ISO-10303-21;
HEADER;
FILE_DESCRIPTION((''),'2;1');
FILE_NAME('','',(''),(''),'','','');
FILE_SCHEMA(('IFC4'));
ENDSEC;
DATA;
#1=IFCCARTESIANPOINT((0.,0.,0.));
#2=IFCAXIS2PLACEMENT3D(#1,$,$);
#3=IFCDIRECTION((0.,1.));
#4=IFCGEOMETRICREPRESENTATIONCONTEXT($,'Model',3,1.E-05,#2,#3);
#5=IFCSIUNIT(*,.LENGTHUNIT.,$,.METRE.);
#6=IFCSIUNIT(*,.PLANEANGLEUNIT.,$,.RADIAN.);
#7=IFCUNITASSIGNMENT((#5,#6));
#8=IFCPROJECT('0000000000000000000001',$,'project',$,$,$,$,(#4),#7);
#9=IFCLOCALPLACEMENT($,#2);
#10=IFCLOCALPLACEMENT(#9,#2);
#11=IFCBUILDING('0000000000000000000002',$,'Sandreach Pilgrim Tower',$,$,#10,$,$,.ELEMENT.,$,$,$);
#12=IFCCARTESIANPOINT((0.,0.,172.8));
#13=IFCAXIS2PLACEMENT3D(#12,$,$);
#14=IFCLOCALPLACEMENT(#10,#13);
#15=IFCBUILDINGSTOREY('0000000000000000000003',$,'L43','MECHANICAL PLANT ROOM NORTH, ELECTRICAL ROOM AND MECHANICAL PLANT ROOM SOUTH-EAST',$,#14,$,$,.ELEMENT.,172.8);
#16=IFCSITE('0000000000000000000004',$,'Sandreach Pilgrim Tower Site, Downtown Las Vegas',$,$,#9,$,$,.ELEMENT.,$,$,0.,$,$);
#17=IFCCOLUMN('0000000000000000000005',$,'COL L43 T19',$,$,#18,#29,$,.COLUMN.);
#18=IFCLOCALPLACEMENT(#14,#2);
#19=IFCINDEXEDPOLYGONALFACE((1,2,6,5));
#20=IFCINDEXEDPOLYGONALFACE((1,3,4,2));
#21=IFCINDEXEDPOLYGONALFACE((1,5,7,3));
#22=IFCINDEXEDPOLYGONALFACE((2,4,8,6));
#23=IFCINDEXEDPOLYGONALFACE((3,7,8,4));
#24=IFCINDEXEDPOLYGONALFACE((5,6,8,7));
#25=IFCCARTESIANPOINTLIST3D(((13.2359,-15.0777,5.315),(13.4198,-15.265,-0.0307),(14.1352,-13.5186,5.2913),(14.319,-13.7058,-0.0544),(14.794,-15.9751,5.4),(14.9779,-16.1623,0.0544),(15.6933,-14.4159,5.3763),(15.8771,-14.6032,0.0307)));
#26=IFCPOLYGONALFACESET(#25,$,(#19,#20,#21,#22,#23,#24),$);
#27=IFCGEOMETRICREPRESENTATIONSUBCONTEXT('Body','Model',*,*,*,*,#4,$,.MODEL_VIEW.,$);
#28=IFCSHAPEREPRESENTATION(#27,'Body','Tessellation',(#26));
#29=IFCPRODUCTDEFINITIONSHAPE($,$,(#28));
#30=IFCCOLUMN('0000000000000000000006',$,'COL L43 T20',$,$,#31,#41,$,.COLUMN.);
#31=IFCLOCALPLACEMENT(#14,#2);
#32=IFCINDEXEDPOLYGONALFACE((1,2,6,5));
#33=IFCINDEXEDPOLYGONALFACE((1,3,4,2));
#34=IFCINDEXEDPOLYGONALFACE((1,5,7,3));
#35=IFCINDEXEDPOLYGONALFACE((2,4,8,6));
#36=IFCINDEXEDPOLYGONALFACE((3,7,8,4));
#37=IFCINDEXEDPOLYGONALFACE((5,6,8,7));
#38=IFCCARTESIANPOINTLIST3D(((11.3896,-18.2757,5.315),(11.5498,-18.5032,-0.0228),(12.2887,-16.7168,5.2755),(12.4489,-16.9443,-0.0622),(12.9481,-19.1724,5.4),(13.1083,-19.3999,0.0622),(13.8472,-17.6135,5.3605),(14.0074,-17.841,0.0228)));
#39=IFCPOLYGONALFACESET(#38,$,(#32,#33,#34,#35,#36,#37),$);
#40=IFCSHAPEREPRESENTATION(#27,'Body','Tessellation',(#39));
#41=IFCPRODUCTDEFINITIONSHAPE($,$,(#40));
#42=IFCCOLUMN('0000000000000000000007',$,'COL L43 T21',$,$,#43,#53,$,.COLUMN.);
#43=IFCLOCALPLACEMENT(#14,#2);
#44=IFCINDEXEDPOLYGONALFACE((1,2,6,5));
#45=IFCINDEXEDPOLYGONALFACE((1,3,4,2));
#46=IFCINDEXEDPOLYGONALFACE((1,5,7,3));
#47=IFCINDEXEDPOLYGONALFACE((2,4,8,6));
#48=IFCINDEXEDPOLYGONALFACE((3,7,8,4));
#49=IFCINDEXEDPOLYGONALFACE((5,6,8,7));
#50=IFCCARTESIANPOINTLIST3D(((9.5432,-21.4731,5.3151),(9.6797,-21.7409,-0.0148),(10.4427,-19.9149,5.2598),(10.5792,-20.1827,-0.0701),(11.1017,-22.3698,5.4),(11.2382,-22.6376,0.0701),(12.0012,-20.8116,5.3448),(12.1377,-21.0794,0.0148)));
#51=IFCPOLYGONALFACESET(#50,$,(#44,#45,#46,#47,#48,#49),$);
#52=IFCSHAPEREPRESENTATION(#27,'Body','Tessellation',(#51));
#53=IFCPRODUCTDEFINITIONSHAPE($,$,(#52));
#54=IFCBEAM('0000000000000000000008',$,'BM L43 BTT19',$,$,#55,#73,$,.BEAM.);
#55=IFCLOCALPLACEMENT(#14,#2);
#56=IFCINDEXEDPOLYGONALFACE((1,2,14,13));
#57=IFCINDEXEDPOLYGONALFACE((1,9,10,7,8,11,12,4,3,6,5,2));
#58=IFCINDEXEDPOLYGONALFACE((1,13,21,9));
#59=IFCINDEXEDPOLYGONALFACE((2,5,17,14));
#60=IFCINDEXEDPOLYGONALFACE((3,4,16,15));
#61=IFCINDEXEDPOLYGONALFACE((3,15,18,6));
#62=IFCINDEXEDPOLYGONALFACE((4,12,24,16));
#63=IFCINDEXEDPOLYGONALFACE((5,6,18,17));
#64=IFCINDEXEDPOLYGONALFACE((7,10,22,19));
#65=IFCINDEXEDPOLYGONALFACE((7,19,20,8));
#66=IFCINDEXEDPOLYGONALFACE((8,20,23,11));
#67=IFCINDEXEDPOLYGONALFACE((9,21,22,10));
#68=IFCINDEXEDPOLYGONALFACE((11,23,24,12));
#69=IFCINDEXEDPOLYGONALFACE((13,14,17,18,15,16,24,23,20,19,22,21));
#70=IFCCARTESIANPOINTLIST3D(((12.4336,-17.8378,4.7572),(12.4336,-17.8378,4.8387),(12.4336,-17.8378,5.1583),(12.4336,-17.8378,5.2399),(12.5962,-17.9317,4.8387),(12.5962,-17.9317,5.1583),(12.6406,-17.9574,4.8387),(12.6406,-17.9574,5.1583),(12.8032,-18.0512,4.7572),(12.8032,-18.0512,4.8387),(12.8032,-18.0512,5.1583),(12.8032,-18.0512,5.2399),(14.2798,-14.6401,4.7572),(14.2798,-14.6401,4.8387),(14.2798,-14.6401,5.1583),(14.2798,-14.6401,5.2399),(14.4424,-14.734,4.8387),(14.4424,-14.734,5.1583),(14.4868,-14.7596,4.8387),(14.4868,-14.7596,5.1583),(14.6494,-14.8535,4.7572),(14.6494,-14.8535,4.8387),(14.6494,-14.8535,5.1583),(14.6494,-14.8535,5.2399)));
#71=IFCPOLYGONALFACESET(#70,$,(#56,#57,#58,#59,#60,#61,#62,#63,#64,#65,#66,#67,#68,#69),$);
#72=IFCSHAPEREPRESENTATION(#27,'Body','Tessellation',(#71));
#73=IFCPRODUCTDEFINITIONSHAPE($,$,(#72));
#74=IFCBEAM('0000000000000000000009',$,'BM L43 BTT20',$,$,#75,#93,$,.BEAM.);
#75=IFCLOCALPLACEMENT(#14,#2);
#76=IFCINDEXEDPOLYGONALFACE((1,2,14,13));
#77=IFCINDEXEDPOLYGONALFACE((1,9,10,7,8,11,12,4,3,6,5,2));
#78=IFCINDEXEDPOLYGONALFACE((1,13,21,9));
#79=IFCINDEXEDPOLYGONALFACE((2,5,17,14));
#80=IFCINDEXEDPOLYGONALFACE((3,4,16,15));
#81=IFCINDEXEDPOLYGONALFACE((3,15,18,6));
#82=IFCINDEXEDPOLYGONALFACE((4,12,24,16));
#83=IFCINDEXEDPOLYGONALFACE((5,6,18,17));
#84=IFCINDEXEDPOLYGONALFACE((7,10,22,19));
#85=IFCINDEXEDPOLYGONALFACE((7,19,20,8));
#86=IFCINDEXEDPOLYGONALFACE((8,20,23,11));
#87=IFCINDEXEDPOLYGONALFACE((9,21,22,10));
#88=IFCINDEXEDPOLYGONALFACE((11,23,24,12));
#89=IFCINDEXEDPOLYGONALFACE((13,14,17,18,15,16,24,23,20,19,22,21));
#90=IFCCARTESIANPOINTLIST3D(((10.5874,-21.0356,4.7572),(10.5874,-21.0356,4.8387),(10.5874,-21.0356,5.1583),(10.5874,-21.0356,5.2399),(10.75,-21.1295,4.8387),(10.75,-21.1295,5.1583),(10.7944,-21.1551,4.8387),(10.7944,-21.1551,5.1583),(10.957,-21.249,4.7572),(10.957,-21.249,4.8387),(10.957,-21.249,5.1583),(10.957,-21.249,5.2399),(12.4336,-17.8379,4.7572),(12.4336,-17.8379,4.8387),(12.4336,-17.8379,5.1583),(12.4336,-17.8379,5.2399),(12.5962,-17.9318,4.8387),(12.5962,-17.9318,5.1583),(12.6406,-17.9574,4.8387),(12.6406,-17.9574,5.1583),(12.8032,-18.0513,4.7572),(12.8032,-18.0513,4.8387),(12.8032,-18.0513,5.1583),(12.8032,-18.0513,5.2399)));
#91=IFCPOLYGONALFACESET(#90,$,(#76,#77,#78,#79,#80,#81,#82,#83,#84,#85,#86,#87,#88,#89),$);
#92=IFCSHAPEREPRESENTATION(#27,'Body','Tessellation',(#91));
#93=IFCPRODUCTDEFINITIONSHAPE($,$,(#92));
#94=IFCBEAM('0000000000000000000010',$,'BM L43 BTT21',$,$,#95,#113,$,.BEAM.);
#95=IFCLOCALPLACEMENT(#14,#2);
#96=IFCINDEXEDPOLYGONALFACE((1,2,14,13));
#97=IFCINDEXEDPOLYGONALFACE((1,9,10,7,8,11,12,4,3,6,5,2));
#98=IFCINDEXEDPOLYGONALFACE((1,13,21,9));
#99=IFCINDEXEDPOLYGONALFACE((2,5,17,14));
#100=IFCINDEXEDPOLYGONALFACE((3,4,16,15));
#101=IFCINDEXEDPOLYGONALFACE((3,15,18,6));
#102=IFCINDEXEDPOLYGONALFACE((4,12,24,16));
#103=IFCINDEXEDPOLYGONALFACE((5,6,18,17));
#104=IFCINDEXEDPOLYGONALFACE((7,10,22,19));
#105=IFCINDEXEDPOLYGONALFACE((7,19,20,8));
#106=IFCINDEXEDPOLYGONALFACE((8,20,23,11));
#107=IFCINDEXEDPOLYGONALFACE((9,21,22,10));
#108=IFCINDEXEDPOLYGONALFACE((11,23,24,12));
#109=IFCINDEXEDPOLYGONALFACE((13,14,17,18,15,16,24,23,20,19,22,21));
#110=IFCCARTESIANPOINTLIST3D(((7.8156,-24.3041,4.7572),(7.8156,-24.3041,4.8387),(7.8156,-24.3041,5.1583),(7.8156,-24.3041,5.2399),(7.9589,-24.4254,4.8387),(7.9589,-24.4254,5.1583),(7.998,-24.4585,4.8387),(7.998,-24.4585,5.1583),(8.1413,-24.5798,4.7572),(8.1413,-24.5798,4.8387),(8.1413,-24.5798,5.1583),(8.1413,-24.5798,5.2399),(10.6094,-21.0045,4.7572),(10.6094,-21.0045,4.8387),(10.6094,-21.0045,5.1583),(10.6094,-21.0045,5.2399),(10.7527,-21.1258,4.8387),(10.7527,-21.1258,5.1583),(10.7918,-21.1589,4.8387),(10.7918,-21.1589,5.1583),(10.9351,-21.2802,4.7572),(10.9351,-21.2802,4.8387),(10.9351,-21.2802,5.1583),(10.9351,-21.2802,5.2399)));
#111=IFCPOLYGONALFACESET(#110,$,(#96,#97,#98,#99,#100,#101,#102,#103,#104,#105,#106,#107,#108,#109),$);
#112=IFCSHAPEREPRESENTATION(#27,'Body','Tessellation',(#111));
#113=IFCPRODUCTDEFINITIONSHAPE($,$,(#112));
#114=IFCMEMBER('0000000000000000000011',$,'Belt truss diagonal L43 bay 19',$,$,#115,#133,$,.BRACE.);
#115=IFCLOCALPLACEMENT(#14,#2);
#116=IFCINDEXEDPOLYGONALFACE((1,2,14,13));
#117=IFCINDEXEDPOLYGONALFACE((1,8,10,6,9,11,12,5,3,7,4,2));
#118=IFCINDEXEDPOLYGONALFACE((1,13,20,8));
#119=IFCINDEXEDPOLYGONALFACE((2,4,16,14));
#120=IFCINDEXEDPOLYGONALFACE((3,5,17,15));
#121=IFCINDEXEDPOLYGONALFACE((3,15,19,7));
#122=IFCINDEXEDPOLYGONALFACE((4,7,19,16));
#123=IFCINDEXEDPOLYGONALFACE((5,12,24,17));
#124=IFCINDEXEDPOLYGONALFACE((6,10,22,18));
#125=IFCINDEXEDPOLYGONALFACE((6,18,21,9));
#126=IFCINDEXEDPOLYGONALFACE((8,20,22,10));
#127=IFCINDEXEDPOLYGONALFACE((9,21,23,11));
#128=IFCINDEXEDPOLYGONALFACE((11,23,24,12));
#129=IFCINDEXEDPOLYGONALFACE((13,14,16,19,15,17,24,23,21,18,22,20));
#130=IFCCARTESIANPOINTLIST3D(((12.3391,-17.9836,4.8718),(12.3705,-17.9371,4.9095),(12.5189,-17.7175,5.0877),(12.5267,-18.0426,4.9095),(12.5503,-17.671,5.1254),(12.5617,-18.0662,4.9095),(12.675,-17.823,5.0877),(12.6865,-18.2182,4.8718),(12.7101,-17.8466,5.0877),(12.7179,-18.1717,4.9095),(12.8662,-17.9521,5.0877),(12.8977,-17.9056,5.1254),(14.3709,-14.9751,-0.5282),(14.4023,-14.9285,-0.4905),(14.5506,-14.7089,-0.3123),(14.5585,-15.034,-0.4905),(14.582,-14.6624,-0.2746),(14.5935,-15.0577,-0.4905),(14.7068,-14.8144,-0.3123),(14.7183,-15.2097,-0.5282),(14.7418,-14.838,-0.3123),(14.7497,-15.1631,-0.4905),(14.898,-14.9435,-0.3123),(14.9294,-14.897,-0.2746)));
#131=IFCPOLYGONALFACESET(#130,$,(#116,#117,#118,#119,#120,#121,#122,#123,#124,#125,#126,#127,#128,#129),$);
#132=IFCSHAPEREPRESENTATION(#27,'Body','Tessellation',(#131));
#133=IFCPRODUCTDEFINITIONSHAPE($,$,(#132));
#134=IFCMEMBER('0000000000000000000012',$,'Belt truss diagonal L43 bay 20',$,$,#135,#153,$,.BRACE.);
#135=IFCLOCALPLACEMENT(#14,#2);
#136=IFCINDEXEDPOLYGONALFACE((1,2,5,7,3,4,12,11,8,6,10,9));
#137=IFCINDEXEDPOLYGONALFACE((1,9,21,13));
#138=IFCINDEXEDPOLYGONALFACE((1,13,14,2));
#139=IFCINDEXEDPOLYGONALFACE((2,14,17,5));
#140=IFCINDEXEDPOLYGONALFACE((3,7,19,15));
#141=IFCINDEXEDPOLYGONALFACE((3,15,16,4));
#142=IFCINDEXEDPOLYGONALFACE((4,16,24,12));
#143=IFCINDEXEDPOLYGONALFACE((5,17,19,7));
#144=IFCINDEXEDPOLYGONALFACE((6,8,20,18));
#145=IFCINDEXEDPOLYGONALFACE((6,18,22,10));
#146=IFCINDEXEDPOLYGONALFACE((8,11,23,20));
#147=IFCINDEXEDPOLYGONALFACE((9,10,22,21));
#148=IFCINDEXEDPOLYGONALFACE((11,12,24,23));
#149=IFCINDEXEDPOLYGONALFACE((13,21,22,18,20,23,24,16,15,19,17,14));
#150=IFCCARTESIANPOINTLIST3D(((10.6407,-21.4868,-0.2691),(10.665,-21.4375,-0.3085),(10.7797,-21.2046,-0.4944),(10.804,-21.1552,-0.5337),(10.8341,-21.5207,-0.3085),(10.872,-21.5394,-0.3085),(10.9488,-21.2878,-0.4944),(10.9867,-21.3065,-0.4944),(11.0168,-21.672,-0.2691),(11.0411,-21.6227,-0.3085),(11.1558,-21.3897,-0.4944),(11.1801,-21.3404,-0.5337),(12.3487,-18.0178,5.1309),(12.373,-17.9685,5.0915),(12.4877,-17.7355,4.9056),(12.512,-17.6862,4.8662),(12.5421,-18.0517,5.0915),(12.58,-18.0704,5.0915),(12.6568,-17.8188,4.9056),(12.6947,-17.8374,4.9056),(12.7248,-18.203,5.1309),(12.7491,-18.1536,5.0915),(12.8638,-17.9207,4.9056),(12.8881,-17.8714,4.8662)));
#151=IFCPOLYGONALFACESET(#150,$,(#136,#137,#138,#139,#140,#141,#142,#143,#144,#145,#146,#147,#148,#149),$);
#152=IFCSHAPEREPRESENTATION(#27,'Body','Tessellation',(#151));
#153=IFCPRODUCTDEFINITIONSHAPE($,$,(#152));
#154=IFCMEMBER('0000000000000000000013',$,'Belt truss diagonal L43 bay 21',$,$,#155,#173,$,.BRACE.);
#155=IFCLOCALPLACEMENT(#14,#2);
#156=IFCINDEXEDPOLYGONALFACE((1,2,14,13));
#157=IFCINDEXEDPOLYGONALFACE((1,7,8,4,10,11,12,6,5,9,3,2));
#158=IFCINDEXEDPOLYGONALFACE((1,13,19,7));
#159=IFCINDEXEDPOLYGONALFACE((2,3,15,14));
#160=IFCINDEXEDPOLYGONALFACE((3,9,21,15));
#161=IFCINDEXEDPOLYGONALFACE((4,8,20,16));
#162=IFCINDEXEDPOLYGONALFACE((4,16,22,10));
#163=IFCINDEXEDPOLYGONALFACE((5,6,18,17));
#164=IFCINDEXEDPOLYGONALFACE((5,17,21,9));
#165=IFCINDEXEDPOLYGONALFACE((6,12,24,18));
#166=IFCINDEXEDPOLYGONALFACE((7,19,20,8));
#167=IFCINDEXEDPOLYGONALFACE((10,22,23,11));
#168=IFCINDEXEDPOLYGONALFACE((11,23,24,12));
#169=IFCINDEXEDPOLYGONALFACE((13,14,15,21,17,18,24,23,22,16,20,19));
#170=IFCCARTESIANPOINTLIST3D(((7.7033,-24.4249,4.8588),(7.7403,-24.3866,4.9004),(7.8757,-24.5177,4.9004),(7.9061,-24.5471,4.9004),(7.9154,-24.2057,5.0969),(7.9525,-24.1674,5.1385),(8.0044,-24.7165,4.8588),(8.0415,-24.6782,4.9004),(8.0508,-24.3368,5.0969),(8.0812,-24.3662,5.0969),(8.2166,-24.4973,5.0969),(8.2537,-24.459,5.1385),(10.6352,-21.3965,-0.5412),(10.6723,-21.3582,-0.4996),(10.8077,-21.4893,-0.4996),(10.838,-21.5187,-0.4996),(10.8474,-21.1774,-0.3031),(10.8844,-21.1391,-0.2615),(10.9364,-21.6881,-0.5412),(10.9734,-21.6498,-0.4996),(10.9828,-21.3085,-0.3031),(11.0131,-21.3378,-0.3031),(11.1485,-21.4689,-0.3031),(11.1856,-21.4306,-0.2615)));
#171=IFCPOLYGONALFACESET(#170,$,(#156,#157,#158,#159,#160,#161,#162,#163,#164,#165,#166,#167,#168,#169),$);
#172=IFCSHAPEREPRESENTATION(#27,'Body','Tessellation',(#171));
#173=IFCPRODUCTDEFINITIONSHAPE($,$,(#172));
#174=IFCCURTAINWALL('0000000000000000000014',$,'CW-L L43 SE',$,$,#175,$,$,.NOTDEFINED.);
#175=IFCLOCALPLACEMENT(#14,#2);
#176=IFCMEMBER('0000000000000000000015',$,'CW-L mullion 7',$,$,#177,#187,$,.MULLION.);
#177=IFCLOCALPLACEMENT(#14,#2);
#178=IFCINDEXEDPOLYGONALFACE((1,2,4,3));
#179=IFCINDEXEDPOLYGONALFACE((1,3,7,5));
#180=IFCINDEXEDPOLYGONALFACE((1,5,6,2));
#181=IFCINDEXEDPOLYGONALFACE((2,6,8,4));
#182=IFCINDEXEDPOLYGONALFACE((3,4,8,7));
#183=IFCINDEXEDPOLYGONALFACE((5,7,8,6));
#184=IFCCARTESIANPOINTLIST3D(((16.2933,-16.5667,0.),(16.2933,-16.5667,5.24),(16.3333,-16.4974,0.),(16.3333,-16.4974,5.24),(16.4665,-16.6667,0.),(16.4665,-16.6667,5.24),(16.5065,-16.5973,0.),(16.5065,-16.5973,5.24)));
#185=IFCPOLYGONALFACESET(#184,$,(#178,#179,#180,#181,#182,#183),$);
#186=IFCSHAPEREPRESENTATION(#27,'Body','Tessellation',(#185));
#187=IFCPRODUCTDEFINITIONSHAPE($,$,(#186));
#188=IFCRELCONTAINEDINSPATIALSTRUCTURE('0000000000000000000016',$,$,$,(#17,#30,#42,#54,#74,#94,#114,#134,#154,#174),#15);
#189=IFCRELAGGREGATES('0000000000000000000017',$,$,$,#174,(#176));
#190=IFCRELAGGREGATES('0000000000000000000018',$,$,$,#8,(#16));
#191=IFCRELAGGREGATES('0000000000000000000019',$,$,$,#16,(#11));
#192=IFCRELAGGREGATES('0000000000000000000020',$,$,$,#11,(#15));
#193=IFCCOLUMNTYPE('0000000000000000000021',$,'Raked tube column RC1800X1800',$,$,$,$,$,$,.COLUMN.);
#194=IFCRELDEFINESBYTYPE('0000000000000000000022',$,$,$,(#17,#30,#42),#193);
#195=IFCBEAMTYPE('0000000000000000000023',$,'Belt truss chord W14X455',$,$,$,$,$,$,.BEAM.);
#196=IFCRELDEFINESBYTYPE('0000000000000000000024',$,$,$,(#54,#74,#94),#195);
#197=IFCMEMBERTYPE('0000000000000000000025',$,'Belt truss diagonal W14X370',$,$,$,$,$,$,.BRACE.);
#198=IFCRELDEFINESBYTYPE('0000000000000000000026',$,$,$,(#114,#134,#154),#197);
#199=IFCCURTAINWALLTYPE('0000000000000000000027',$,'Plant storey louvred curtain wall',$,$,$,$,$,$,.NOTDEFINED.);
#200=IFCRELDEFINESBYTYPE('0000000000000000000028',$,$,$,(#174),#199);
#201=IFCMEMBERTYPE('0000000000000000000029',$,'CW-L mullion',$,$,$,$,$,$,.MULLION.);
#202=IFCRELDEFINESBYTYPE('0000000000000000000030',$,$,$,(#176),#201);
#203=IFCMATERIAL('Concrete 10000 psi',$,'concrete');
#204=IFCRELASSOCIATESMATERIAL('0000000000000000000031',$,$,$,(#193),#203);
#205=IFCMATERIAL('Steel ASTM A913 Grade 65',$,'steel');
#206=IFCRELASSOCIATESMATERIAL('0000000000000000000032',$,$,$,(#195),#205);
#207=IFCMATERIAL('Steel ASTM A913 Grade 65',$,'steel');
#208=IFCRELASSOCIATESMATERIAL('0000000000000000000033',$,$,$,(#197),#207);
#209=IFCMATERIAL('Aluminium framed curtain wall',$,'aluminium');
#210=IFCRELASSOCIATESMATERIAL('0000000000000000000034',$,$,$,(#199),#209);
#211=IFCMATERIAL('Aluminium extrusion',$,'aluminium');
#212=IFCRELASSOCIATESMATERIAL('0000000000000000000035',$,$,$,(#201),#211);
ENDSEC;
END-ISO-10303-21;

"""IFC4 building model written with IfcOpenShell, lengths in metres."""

from ifc_helpers import new_model, si_unit, direction, frame, origin, origin_2d, place, context, subcontext, project, spatial, rectangle, i_section, extrude, material, material_profile, profile_set, type_object, element, aggregate, save


model = new_model("IFC4")

# Units and contexts
model_context = context("Model", 3, precision=1e-05, world=origin(), true_north=direction((0.0, 1.0)))
body_context = subcontext(model_context, "Body", "Model", "MODEL_VIEW")
ifc_project = project(units=[si_unit("LENGTHUNIT", "METRE"), si_unit("PLANEANGLEUNIT", "RADIAN")], contexts=[model_context])

# Site, building, storey
site_placement = place(None, origin())
site = spatial("IfcSite", under=ifc_project, at=site_placement, Name="Sandreach Pilgrim Tower Site, Downtown Las Vegas", CompositionType="ELEMENT", RefElevation=0.0)
building_placement = place(site_placement, origin())
building = spatial("IfcBuilding", under=site, at=building_placement, Name="Sandreach Pilgrim Tower", CompositionType="ELEMENT")
storey_placement = place(building_placement, frame((0.0, 0.0, 172.8)))
storey = spatial("IfcBuildingStorey", under=building, at=storey_placement, Name="L43", Description="MECHANICAL PLANT ROOM NORTH, ELECTRICAL ROOM AND MECHANICAL PLANT ROOM SOUTH-EAST", CompositionType="ELEMENT", Elevation=172.8)

# Columns
ifc_material_1 = material(Name="Concrete 10000 psi", Category="concrete")
ifc_material_profile_1 = material_profile(ifc_material_1, rectangle(XDim=1.8, YDim=1.8, at=origin_2d()), Name="RC1800X1800")
ifc_profile_set_1 = profile_set([ifc_material_profile_1], Name="Concrete 10000 psi")
column_type = type_object("IfcColumnType", Name="Raked tube column RC1800X1800", PredefinedType="COLUMN", material=ifc_profile_set_1)
column_1_placement = place(storey_placement, frame((14.6484, -14.9341, 0.0), z_axis=(-0.034348, 0.034987, 0.998797), x_axis=(0.865592, -0.498517, 0.04723)))
element("IfcColumn", 1, at=column_1_placement, inside=storey, type_object=column_type, Name="COL L43 T19", PredefinedType="COLUMN", context=body_context, shape_type="SweptSolid", body=[
    extrude(rectangle(XDim=1.8, YDim=1.8, at=origin_2d()), origin(), (0.0, 0.0, 1.0), 5.3521),
])
column_2_placement = place(storey_placement, frame((12.7786, -18.1721, 0.0), z_axis=(-0.029964, 0.042571, 0.998644), x_axis=(0.865802, -0.498155, 0.047214)))
element("IfcColumn", 2, at=column_2_placement, inside=storey, type_object=column_type, Name="COL L43 T20", PredefinedType="COLUMN", context=body_context, shape_type="SweptSolid", body=[
    extrude(rectangle(XDim=1.8, YDim=1.8, at=origin_2d()), origin(), (0.0, 0.0, 1.0), 5.345),
])
column_3_placement = place(storey_placement, frame((10.9087, -21.4102, 0.0), z_axis=(-0.025565, 0.05017, 0.998413), x_axis=(0.86581, -0.498142, 0.047201)))
element("IfcColumn", 3, at=column_3_placement, inside=storey, type_object=column_type, Name="COL L43 T21", PredefinedType="COLUMN", context=body_context, shape_type="SweptSolid", body=[
    extrude(rectangle(XDim=1.8, YDim=1.8, at=origin_2d()), origin(), (0.0, 0.0, 1.0), 5.3384),
])

# Beams
ifc_material_2 = material(Name="Steel ASTM A913 Grade 65", Category="steel")
ifc_material_profile_2 = material_profile(ifc_material_2, i_section(OverallWidth=0.4268, OverallDepth=0.4827, WebThickness=0.0513, FlangeThickness=0.0815, at=origin_2d()), Name="W14X455")
ifc_profile_set_2 = profile_set([ifc_material_profile_2], Name="Steel ASTM A913 Grade 65")
beam_type_1 = type_object("IfcBeamType", Name="Belt truss chord W14X455", PredefinedType="BEAM", material=ifc_profile_set_2)
for number, where, z_axis, x_axis, name in (
    (4, (14.4646, -14.7468, 4.9985), (-0.499993, -0.866029, 0.0), (0.866029, -0.499993, 0.0), "BM L43 BTT19"),
    (5, (12.6184, -17.9446, 4.9985), (-0.499993, -0.866029, 0.0), (0.866029, -0.499993, 0.0), "BM L43 BTT20"),
):
    element("IfcBeam", number, at=place(storey_placement, frame(where, z_axis=z_axis, x_axis=x_axis)), inside=storey, type_object=beam_type_1, Name=name, PredefinedType="BEAM", context=body_context, shape_type="SweptSolid", body=[
        extrude(i_section(OverallWidth=0.4268, OverallDepth=0.4827, WebThickness=0.0513, FlangeThickness=0.0815, at=origin_2d()), origin(), (0.0, 0.0, 1.0), 3.6924),
    ])
beam_1_placement = place(storey_placement, frame((10.7722, -21.1423, 4.9985), z_axis=(-0.64618, -0.763185, 0.0), x_axis=(0.763185, -0.64618, 0.0)))
element("IfcBeam", 6, at=beam_1_placement, inside=storey, type_object=beam_type_1, Name="BM L43 BTT21", PredefinedType="BEAM", context=body_context, shape_type="SweptSolid", body=[
    extrude(i_section(OverallWidth=0.4268, OverallDepth=0.4827, WebThickness=0.0513, FlangeThickness=0.0815, at=origin_2d()), origin(), (0.0, 0.0, 1.0), 4.3235),
])

# Members
ifc_material_3 = material(Name="Steel ASTM A913 Grade 65", Category="steel")
ifc_material_profile_3 = material_profile(ifc_material_3, i_section(OverallWidth=0.4192, OverallDepth=0.4546, WebThickness=0.0422, FlangeThickness=0.0676, at=origin_2d()), Name="W14X370")
ifc_profile_set_3 = profile_set([ifc_material_profile_3], Name="Steel ASTM A913 Grade 65")
member_type_1 = type_object("IfcMemberType", Name="Belt truss diagonal W14X370", PredefinedType="BRACE", material=ifc_profile_set_3)
member_1_placement = place(storey_placement, frame((14.6501, -14.936, -0.4014), z_axis=(-0.312249, -0.46237, 0.829888), x_axis=(0.828725, -0.559656, 0.0)))
element("IfcMember", 7, at=member_1_placement, inside=storey, type_object=member_type_1, Name="Belt truss diagonal L43 bay 19", PredefinedType="BRACE", context=body_context, shape_type="SweptSolid", body=[
    extrude(i_section(OverallWidth=0.4192, OverallDepth=0.4546, WebThickness=0.0422, FlangeThickness=0.0676, at=origin_2d()), origin(), (0.0, 0.0, 1.0), 6.5068),
])
member_2_placement = place(storey_placement, frame((12.6184, -17.9446, 4.9985), z_axis=(-0.25717, -0.522317, -0.813049), x_axis=(0.897151, -0.441725, 0.0)))
element("IfcMember", 8, at=member_2_placement, inside=storey, type_object=member_type_1, Name="Belt truss diagonal L43 bay 20", PredefinedType="BRACE", context=body_context, shape_type="SweptSolid", body=[
    extrude(i_section(OverallWidth=0.4192, OverallDepth=0.4546, WebThickness=0.0422, FlangeThickness=0.0676, at=origin_2d()), origin(), (0.0, 0.0, 1.0), 6.6416),
])
member_3_placement = place(storey_placement, frame((10.9104, -21.4136, -0.4014), z_axis=(-0.427998, -0.442076, 0.788281), x_axis=(0.718454, -0.695575, 0.0)))
element("IfcMember", 9, at=member_3_placement, inside=storey, type_object=member_type_1, Name="Belt truss diagonal L43 bay 21", PredefinedType="BRACE", context=body_context, shape_type="SweptSolid", body=[
    extrude(i_section(OverallWidth=0.4192, OverallDepth=0.4546, WebThickness=0.0422, FlangeThickness=0.0676, at=origin_2d()), origin(), (0.0, 0.0, 1.0), 6.8503),
])

# Curtain wall, member
ifc_material_4 = material(Name="Aluminium framed curtain wall", Category="aluminium")
curtain_wall_type = type_object("IfcCurtainWallType", Name="Plant storey louvred curtain wall", PredefinedType="NOTDEFINED", material=ifc_material_4)
curtain_wall_placement = place(storey_placement, origin())
curtain_wall = element("IfcCurtainWall", 10, at=curtain_wall_placement, inside=storey, type_object=curtain_wall_type, Name="CW-L L43 SE", PredefinedType="NOTDEFINED")
ifc_material_5 = material(Name="Aluminium extrusion", Category="aluminium")
ifc_material_profile_4 = material_profile(ifc_material_5, rectangle(XDim=0.0801, YDim=0.2, at=origin_2d()), Name="CW-LM 80X200")
ifc_profile_set_4 = profile_set([ifc_material_profile_4], Name="Aluminium extrusion")
member_type_2 = type_object("IfcMemberType", Name="CW-L mullion", PredefinedType="MULLION", material=ifc_profile_set_4)
member_4_placement = place(storey_placement, frame((16.3999, -16.582, 0.0), z_axis=(0.0, 0.0, 1.0), x_axis=(-0.5, -0.866025, 0.0)))
member_4 = element("IfcMember", 11, at=member_4_placement, type_object=member_type_2, Name="CW-L mullion 7", PredefinedType="MULLION", context=body_context, shape_type="SweptSolid", body=[
    extrude(rectangle(XDim=0.0801, YDim=0.2, at=origin_2d()), origin(), (0.0, 0.0, 1.0), 5.24),
])

aggregate(curtain_wall, [member_4])

save(model, "model.ifc")
